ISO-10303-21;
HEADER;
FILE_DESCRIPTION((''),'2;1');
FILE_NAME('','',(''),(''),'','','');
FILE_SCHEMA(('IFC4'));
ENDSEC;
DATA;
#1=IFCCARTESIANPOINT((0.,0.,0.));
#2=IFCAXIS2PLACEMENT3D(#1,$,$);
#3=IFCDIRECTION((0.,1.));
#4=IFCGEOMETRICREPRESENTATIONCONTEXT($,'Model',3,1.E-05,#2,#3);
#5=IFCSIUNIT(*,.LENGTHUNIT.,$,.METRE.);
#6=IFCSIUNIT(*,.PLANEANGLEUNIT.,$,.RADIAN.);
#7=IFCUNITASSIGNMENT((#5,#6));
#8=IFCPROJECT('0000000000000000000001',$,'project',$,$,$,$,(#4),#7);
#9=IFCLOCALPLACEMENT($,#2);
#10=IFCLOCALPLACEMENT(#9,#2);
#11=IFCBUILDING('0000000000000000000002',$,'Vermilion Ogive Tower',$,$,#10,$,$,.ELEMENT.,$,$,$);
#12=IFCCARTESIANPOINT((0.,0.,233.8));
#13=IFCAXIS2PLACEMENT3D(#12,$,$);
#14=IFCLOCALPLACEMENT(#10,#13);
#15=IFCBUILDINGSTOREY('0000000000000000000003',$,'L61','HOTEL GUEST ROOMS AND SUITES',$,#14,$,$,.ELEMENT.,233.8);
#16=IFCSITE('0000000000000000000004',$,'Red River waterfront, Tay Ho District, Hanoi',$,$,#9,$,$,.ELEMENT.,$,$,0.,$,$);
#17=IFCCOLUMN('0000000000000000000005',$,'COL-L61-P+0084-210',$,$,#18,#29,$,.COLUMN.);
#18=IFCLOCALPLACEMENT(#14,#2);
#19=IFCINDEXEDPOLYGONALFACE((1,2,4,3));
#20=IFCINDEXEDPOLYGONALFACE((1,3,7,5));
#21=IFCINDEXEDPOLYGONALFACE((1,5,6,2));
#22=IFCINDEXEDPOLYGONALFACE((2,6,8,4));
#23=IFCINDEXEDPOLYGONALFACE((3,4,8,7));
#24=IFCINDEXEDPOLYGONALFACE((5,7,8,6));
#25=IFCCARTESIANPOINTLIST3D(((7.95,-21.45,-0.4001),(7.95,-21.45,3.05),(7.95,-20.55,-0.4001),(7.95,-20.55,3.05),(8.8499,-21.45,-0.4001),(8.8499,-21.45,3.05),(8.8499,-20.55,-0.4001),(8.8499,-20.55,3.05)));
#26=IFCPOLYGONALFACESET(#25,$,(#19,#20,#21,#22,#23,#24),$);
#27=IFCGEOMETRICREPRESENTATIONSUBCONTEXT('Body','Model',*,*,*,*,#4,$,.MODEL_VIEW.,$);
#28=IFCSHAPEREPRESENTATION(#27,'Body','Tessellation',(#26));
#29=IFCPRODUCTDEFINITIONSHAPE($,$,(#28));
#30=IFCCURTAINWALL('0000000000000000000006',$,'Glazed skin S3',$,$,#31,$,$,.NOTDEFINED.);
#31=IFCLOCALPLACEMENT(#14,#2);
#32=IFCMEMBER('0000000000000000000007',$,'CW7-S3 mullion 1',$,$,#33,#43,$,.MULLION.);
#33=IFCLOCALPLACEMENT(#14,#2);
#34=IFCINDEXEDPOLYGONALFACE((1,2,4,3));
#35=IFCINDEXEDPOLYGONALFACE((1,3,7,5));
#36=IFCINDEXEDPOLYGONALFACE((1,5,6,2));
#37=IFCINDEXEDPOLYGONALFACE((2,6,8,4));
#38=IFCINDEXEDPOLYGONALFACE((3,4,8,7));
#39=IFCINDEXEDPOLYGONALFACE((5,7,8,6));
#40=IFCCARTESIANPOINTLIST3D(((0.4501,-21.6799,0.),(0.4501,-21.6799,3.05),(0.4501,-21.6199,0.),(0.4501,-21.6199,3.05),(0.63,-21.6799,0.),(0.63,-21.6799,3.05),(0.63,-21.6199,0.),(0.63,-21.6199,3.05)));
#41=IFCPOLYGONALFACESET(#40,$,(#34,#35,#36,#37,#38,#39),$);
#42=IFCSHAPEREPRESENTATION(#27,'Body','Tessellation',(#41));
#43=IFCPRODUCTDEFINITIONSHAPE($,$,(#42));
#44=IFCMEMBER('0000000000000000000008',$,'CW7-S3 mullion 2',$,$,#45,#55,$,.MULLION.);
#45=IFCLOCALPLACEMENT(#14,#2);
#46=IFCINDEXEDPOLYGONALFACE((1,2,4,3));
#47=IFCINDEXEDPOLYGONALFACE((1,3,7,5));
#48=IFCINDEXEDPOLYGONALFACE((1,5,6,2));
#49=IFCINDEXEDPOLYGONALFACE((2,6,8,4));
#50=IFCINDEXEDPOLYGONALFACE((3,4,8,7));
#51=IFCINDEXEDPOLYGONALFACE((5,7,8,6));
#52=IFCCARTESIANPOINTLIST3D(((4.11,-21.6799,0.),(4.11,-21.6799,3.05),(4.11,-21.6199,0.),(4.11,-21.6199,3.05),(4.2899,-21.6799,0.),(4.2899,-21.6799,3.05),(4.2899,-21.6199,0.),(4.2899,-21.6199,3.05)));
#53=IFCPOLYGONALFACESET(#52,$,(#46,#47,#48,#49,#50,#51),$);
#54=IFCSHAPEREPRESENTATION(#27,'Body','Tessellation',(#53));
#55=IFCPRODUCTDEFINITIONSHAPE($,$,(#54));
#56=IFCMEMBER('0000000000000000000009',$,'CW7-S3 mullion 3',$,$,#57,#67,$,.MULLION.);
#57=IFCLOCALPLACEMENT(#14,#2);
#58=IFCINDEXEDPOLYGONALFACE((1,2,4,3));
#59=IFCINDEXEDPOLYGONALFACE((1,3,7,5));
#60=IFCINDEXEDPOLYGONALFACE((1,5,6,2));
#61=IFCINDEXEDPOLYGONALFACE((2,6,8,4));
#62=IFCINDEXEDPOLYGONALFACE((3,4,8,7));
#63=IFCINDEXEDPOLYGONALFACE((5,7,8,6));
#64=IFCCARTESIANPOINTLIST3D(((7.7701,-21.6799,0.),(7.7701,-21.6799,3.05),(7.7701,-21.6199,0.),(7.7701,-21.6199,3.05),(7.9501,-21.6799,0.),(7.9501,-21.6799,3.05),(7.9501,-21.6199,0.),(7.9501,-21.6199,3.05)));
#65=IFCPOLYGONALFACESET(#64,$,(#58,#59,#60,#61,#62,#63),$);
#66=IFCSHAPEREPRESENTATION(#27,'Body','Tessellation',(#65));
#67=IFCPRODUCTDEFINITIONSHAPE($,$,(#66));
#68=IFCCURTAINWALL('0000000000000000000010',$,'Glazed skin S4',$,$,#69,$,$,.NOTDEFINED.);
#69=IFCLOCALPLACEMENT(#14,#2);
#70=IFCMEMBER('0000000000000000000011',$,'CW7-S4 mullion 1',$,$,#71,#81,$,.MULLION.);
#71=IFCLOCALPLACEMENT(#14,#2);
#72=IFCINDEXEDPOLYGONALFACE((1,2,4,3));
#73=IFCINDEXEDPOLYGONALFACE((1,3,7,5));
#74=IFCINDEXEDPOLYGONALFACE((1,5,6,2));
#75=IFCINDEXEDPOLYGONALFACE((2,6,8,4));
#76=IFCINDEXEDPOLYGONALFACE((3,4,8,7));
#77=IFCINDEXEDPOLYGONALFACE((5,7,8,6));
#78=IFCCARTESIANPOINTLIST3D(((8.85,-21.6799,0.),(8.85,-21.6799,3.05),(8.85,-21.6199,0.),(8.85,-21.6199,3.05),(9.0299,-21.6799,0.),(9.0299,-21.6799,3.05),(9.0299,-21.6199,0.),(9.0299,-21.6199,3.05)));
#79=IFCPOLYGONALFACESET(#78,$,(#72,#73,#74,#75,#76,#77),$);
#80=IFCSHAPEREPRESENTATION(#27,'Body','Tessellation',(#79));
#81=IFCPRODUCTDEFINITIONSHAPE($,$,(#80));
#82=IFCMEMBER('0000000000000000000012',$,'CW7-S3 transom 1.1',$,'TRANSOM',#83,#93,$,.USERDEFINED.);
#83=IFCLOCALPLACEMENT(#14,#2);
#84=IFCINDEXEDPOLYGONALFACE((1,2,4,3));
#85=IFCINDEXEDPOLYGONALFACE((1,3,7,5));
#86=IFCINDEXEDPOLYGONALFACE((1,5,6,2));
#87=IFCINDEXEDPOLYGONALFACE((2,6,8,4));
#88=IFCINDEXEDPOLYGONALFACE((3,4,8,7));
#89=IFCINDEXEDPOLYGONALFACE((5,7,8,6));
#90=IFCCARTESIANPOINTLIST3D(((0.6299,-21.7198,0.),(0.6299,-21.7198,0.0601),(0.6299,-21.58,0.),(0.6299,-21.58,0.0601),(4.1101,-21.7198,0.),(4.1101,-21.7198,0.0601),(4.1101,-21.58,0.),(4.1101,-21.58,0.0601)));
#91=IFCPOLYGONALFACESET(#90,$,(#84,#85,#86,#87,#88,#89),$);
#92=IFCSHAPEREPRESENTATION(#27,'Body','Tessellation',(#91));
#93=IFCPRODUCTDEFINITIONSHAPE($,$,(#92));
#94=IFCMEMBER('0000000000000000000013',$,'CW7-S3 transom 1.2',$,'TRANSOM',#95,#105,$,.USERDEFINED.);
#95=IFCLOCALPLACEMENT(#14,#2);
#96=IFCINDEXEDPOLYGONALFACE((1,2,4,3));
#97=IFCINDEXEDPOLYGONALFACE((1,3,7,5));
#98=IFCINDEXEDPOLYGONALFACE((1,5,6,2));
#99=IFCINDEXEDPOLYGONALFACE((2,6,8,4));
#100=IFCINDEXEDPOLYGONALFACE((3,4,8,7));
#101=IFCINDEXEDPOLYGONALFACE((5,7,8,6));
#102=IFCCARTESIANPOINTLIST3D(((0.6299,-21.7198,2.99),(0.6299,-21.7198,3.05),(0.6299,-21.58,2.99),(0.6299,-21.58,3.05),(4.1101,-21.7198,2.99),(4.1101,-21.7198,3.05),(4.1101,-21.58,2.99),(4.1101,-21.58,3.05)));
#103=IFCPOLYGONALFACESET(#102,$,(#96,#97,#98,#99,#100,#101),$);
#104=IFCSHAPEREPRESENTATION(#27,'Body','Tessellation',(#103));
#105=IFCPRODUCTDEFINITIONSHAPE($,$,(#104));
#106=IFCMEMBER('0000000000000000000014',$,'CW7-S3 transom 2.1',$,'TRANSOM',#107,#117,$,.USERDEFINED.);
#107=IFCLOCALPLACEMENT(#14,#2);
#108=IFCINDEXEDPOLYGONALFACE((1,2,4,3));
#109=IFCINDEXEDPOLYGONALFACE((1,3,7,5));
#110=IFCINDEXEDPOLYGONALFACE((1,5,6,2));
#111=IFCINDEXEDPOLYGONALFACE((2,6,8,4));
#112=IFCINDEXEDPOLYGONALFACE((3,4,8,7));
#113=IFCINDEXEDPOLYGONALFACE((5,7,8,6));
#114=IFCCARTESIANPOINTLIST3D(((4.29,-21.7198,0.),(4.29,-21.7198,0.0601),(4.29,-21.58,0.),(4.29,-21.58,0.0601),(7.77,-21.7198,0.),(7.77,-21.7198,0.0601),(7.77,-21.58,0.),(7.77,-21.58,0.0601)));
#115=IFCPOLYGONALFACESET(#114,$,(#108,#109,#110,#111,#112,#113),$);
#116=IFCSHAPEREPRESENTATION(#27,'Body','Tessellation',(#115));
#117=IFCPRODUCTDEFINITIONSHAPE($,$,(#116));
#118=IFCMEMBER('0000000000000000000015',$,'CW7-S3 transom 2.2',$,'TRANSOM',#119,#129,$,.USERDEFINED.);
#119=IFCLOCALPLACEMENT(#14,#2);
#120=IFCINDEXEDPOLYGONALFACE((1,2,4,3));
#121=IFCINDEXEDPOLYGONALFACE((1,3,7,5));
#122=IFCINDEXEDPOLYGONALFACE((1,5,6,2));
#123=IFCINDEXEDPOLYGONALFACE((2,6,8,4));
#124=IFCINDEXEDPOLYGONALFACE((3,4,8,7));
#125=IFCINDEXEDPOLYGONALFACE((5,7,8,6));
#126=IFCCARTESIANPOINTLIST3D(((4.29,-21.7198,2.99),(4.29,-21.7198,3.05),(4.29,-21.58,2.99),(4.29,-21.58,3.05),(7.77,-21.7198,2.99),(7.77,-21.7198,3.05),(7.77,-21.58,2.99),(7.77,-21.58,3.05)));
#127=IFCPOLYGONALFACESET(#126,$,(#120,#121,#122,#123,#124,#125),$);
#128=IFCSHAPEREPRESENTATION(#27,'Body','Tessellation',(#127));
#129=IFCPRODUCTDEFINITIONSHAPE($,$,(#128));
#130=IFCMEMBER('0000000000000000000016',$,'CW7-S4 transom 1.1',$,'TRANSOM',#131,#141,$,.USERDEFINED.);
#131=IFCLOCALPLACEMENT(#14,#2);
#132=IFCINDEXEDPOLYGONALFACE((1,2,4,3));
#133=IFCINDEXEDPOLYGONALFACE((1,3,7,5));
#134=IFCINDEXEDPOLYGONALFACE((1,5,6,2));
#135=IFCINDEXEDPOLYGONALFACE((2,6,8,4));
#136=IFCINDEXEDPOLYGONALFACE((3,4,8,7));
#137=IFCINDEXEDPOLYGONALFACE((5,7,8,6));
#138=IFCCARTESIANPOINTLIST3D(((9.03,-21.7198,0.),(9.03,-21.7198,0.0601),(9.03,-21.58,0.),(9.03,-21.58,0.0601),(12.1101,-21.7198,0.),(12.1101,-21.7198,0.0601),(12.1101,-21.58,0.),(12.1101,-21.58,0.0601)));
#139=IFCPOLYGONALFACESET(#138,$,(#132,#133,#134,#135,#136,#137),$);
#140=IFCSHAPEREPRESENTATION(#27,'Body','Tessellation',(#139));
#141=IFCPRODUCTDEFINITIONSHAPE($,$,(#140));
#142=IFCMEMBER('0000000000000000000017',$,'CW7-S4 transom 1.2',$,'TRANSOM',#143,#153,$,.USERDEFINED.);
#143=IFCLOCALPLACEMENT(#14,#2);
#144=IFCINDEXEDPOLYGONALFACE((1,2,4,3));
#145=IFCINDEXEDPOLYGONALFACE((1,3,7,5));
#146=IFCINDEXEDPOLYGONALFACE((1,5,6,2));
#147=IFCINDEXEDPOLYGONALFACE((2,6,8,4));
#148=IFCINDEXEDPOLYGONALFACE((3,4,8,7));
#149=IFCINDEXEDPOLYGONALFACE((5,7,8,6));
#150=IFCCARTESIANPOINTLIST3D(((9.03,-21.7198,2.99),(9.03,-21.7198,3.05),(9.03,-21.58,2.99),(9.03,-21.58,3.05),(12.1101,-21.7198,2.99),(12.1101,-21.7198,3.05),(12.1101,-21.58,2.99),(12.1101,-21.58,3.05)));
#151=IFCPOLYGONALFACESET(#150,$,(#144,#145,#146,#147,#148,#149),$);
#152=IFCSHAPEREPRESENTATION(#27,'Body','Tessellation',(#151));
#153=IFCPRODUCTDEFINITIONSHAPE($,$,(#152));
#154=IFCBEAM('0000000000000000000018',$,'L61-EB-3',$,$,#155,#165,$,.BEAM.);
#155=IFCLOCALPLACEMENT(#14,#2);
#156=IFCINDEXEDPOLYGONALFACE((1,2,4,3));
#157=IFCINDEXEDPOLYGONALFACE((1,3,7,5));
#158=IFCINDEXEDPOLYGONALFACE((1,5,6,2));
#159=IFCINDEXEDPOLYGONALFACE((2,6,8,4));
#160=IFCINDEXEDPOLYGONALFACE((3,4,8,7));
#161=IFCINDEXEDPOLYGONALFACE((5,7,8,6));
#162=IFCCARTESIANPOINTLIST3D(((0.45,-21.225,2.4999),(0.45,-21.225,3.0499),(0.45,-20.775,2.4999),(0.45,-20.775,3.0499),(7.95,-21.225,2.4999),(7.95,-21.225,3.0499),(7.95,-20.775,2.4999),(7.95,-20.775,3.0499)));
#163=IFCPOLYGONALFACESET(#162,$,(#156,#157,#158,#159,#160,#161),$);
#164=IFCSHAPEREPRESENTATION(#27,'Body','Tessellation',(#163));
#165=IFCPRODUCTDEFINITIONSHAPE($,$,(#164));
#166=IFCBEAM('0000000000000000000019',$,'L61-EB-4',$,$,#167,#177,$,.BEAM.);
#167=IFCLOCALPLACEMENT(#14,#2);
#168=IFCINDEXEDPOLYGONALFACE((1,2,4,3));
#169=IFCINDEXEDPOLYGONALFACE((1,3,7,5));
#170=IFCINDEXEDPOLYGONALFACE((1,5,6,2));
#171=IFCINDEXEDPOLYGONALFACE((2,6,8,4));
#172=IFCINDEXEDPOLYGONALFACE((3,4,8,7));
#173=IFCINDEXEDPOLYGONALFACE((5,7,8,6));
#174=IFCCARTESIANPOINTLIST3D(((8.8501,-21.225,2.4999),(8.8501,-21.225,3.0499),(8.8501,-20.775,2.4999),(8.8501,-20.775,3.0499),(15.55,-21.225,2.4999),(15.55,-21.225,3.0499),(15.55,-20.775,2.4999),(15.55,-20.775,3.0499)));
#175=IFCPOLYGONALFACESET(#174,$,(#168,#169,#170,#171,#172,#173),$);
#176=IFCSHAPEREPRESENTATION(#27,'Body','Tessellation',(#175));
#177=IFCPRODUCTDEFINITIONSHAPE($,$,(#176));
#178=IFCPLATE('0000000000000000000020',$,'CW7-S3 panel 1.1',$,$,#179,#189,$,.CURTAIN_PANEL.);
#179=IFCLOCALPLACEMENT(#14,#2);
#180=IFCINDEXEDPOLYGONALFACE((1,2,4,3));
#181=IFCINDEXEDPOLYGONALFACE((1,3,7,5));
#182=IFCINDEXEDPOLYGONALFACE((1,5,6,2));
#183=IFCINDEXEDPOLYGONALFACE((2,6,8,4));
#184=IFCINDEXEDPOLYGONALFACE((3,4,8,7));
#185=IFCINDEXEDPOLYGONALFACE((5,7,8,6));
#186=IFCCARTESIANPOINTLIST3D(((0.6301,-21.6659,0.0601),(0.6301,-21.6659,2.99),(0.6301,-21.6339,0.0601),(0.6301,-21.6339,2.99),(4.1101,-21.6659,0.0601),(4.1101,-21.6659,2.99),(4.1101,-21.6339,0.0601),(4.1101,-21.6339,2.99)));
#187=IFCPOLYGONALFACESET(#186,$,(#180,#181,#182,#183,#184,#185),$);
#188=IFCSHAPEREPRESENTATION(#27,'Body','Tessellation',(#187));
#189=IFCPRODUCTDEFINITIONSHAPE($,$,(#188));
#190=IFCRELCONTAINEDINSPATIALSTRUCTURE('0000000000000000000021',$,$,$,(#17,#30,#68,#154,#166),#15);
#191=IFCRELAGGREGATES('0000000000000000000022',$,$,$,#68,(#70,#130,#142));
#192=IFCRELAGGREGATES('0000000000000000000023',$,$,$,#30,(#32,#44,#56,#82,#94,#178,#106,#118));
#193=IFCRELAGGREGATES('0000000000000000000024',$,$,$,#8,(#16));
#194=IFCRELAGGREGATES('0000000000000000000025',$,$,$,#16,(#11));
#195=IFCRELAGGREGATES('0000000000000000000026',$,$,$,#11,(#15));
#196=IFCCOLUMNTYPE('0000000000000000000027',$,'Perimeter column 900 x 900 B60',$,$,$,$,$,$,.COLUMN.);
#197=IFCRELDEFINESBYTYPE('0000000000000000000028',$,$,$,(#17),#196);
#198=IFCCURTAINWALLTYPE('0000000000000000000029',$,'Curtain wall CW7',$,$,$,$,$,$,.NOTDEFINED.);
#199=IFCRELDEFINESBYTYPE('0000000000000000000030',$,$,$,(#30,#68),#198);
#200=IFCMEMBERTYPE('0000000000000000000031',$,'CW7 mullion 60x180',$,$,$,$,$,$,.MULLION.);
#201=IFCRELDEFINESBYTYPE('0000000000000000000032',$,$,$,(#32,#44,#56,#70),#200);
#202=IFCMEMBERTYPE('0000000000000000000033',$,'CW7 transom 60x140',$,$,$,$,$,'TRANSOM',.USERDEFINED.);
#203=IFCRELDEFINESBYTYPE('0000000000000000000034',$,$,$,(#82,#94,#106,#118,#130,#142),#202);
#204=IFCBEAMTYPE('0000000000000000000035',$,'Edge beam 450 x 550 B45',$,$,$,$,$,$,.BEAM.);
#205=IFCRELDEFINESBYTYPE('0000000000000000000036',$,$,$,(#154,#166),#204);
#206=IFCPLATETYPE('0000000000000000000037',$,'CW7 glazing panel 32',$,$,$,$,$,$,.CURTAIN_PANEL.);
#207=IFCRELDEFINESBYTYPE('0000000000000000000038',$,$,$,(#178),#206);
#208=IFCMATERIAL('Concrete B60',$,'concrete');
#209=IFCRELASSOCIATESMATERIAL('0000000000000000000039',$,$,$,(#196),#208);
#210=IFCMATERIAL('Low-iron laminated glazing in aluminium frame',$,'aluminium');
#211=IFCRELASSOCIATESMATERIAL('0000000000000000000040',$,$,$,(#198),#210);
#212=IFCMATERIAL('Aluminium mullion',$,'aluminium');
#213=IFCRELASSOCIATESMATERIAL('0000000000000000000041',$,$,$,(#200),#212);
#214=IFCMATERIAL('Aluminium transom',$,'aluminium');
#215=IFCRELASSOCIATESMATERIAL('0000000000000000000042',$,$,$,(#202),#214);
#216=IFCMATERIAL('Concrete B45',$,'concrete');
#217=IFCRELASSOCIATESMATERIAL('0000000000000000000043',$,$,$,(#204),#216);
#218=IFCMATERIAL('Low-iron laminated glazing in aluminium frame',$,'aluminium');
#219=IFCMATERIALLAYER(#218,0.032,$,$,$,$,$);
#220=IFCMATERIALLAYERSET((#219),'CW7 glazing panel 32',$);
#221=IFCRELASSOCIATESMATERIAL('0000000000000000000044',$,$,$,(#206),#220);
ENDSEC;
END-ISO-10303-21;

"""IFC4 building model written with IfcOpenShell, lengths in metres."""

from ifc_helpers import new_model, si_unit, direction, frame, origin, origin_2d, place, context, subcontext, project, spatial, rectangle, extrude, material, layer, layer_set, material_profile, profile_set, type_object, element, aggregate, save


model = new_model("IFC4")

# Units and contexts
model_context = context("Model", 3, precision=1e-05, world=origin(), true_north=direction((0.0, 1.0)))
body_context = subcontext(model_context, "Body", "Model", "MODEL_VIEW")
ifc_project = project(units=[si_unit("LENGTHUNIT", "METRE"), si_unit("PLANEANGLEUNIT", "RADIAN")], contexts=[model_context])

# Site, building, storey
site_placement = place(None, origin())
site = spatial("IfcSite", under=ifc_project, at=site_placement, Name="Red River waterfront, Tay Ho District, Hanoi", CompositionType="ELEMENT", RefElevation=0.0)
building_placement = place(site_placement, origin())
building = spatial("IfcBuilding", under=site, at=building_placement, Name="Vermilion Ogive Tower", CompositionType="ELEMENT")
storey_placement = place(building_placement, frame((0.0, 0.0, 233.8)))
storey = spatial("IfcBuildingStorey", under=building, at=storey_placement, Name="L61", Description="HOTEL GUEST ROOMS AND SUITES", CompositionType="ELEMENT", Elevation=233.8)

# Column
ifc_material_1 = material(Name="Concrete B60", Category="concrete")
ifc_material_profile_1 = material_profile(ifc_material_1, rectangle(XDim=0.8999, YDim=0.8999, at=origin_2d()), Name="900 x 900")
ifc_profile_set_1 = profile_set([ifc_material_profile_1], Name="Concrete B60")
column_type = type_object("IfcColumnType", Name="Perimeter column 900 x 900 B60", PredefinedType="COLUMN", material=ifc_profile_set_1)
column_placement = place(storey_placement, frame((8.3999, -21.0, -0.4001), z_axis=(0.0, 0.0, 1.0), x_axis=(1.0, 0.0, 0.0)))
element("IfcColumn", 1, at=column_placement, inside=storey, type_object=column_type, Name="COL-L61-P+0084-210", PredefinedType="COLUMN", context=body_context, shape_type="SweptSolid", body=[
    extrude(rectangle(XDim=0.8999, YDim=0.8999, at=origin_2d()), origin(), (0.0, 0.0, 1.0), 3.4502),
])

# Curtain wall, members
ifc_material_2 = material(Name="Low-iron laminated glazing in aluminium frame", Category="aluminium")
curtain_wall_type = type_object("IfcCurtainWallType", Name="Curtain wall CW7", PredefinedType="NOTDEFINED", material=ifc_material_2)
curtain_wall_1_placement = place(storey_placement, origin())
curtain_wall_1 = element("IfcCurtainWall", 2, at=curtain_wall_1_placement, inside=storey, type_object=curtain_wall_type, Name="Glazed skin S3", PredefinedType="NOTDEFINED")
ifc_material_3 = material(Name="Aluminium mullion", Category="aluminium")
ifc_material_profile_2 = material_profile(ifc_material_3, rectangle(XDim=0.0601, YDim=0.1799, at=origin_2d()), Name="AL 60x180")
ifc_profile_set_2 = profile_set([ifc_material_profile_2], Name="Aluminium mullion")
member_type_1 = type_object("IfcMemberType", Name="CW7 mullion 60x180", PredefinedType="MULLION", material=ifc_profile_set_2)
member_1_placement = place(storey_placement, frame((0.54, -21.6499, 0.0), z_axis=(0.0, 0.0, 1.0), x_axis=(0.0, 1.0, 0.0)))
member_1 = element("IfcMember", 3, at=member_1_placement, type_object=member_type_1, Name="CW7-S3 mullion 1", PredefinedType="MULLION", context=body_context, shape_type="SweptSolid", body=[
    extrude(rectangle(XDim=0.0601, YDim=0.1799, at=origin_2d()), origin(), (0.0, 0.0, 1.0), 3.05),
])
member_2_placement = place(storey_placement, frame((4.2, -21.6499, 0.0), z_axis=(0.0, 0.0, 1.0), x_axis=(0.0, 1.0, 0.0)))
member_2 = element("IfcMember", 4, at=member_2_placement, type_object=member_type_1, Name="CW7-S3 mullion 2", PredefinedType="MULLION", context=body_context, shape_type="SweptSolid", body=[
    extrude(rectangle(XDim=0.0601, YDim=0.1799, at=origin_2d()), origin(), (0.0, 0.0, 1.0), 3.05),
])
member_3_placement = place(storey_placement, frame((7.8601, -21.6499, 0.0), z_axis=(0.0, 0.0, 1.0), x_axis=(0.0, 1.0, 0.0)))
member_3 = element("IfcMember", 5, at=member_3_placement, type_object=member_type_1, Name="CW7-S3 mullion 3", PredefinedType="MULLION", context=body_context, shape_type="SweptSolid", body=[
    extrude(rectangle(XDim=0.0601, YDim=0.1799, at=origin_2d()), origin(), (0.0, 0.0, 1.0), 3.05),
])

# Curtain wall, member
curtain_wall_2_placement = place(storey_placement, origin())
curtain_wall_2 = element("IfcCurtainWall", 6, at=curtain_wall_2_placement, inside=storey, type_object=curtain_wall_type, Name="Glazed skin S4", PredefinedType="NOTDEFINED")
member_4_placement = place(storey_placement, frame((8.9399, -21.6499, 0.0), z_axis=(0.0, 0.0, 1.0), x_axis=(0.0, 1.0, 0.0)))
member_4 = element("IfcMember", 7, at=member_4_placement, type_object=member_type_1, Name="CW7-S4 mullion 1", PredefinedType="MULLION", context=body_context, shape_type="SweptSolid", body=[
    extrude(rectangle(XDim=0.0601, YDim=0.1799, at=origin_2d()), origin(), (0.0, 0.0, 1.0), 3.05),
])

# Members
ifc_material_4 = material(Name="Aluminium transom", Category="aluminium")
ifc_material_profile_3 = material_profile(ifc_material_4, rectangle(XDim=0.1399, YDim=0.0601, at=origin_2d()), Name="AL 60x140")
ifc_profile_set_3 = profile_set([ifc_material_profile_3], Name="Aluminium transom")
member_type_2 = type_object("IfcMemberType", Name="CW7 transom 60x140", ElementType="TRANSOM", PredefinedType="USERDEFINED", material=ifc_profile_set_3)
member_5_placement = place(storey_placement, frame((0.6299, -21.6499, 0.03), z_axis=(1.0, 0.0, 0.0), x_axis=(0.0, 1.0, 0.0)))
member_5 = element("IfcMember", 8, at=member_5_placement, type_object=member_type_2, Name="CW7-S3 transom 1.1", ObjectType="TRANSOM", PredefinedType="USERDEFINED", context=body_context, shape_type="SweptSolid", body=[
    extrude(rectangle(XDim=0.1399, YDim=0.0601, at=origin_2d()), origin(), (0.0, 0.0, 1.0), 3.4802),
])
member_6_placement = place(storey_placement, frame((0.6299, -21.6499, 3.02), z_axis=(1.0, 0.0, 0.0), x_axis=(0.0, 1.0, 0.0)))
member_6 = element("IfcMember", 9, at=member_6_placement, type_object=member_type_2, Name="CW7-S3 transom 1.2", ObjectType="TRANSOM", PredefinedType="USERDEFINED", context=body_context, shape_type="SweptSolid", body=[
    extrude(rectangle(XDim=0.1399, YDim=0.0601, at=origin_2d()), origin(), (0.0, 0.0, 1.0), 3.4802),
])
member_7_placement = place(storey_placement, frame((4.29, -21.6499, 0.03), z_axis=(1.0, 0.0, 0.0), x_axis=(0.0, 1.0, 0.0)))
member_7 = element("IfcMember", 10, at=member_7_placement, type_object=member_type_2, Name="CW7-S3 transom 2.1", ObjectType="TRANSOM", PredefinedType="USERDEFINED", context=body_context, shape_type="SweptSolid", body=[
    extrude(rectangle(XDim=0.1399, YDim=0.0601, at=origin_2d()), origin(), (0.0, 0.0, 1.0), 3.48),
])
member_8_placement = place(storey_placement, frame((4.29, -21.6499, 3.02), z_axis=(1.0, 0.0, 0.0), x_axis=(0.0, 1.0, 0.0)))
member_8 = element("IfcMember", 11, at=member_8_placement, type_object=member_type_2, Name="CW7-S3 transom 2.2", ObjectType="TRANSOM", PredefinedType="USERDEFINED", context=body_context, shape_type="SweptSolid", body=[
    extrude(rectangle(XDim=0.1399, YDim=0.0601, at=origin_2d()), origin(), (0.0, 0.0, 1.0), 3.48),
])
member_9_placement = place(storey_placement, frame((9.03, -21.6499, 0.03), z_axis=(1.0, 0.0, 0.0), x_axis=(0.0, 1.0, 0.0)))
member_9 = element("IfcMember", 12, at=member_9_placement, type_object=member_type_2, Name="CW7-S4 transom 1.1", ObjectType="TRANSOM", PredefinedType="USERDEFINED", context=body_context, shape_type="SweptSolid", body=[
    extrude(rectangle(XDim=0.1399, YDim=0.0601, at=origin_2d()), origin(), (0.0, 0.0, 1.0), 3.0801),
])
member_10_placement = place(storey_placement, frame((9.03, -21.6499, 3.02), z_axis=(1.0, 0.0, 0.0), x_axis=(0.0, 1.0, 0.0)))
member_10 = element("IfcMember", 13, at=member_10_placement, type_object=member_type_2, Name="CW7-S4 transom 1.2", ObjectType="TRANSOM", PredefinedType="USERDEFINED", context=body_context, shape_type="SweptSolid", body=[
    extrude(rectangle(XDim=0.1399, YDim=0.0601, at=origin_2d()), origin(), (0.0, 0.0, 1.0), 3.0801),
])
aggregate(curtain_wall_2, [member_4, member_9, member_10])

# Beams
ifc_material_5 = material(Name="Concrete B45", Category="concrete")
ifc_material_profile_4 = material_profile(ifc_material_5, rectangle(XDim=0.45, YDim=0.55, at=origin_2d()), Name="450 x 550")
ifc_profile_set_4 = profile_set([ifc_material_profile_4], Name="Concrete B45")
beam_type = type_object("IfcBeamType", Name="Edge beam 450 x 550 B45", PredefinedType="BEAM", material=ifc_profile_set_4)
beam_1_placement = place(storey_placement, frame((0.45, -21.0, 2.7749), z_axis=(1.0, 0.0, 0.0), x_axis=(0.0, 1.0, 0.0)))
element("IfcBeam", 14, at=beam_1_placement, inside=storey, type_object=beam_type, Name="L61-EB-3", PredefinedType="BEAM", context=body_context, shape_type="SweptSolid", body=[
    extrude(rectangle(XDim=0.45, YDim=0.55, at=origin_2d()), origin(), (0.0, 0.0, 1.0), 7.5),
])
beam_2_placement = place(storey_placement, frame((8.8501, -21.0, 2.7749), z_axis=(1.0, 0.0, 0.0), x_axis=(0.0, 1.0, 0.0)))
element("IfcBeam", 15, at=beam_2_placement, inside=storey, type_object=beam_type, Name="L61-EB-4", PredefinedType="BEAM", context=body_context, shape_type="SweptSolid", body=[
    extrude(rectangle(XDim=0.45, YDim=0.55, at=origin_2d()), origin(), (0.0, 0.0, 1.0), 6.7),
])

# Plate
ifc_material_6 = material(Name="Low-iron laminated glazing in aluminium frame", Category="aluminium")
ifc_layer_1 = layer(ifc_material_6, 0.032)
ifc_layer_set_1 = layer_set([ifc_layer_1], Name="CW7 glazing panel 32")
plate_type = type_object("IfcPlateType", Name="CW7 glazing panel 32", PredefinedType="CURTAIN_PANEL", material=ifc_layer_set_1)
plate_1_placement = place(storey_placement, frame((2.3701, -21.6499, 0.0601), z_axis=(0.0, 0.0, 1.0), x_axis=(1.0, 0.0, 0.0)))
plate_1 = element("IfcPlate", 16, at=plate_1_placement, type_object=plate_type, Name="CW7-S3 panel 1.1", PredefinedType="CURTAIN_PANEL", context=body_context, shape_type="SweptSolid", body=[
    extrude(rectangle(XDim=3.48, YDim=0.032, at=origin_2d()), origin(), (0.0, 0.0, 1.0), 2.9299),
])
aggregate(curtain_wall_1, [member_1, member_2, member_3, member_5, member_6, plate_1, member_7, member_8])

save(model, "model.ifc")
